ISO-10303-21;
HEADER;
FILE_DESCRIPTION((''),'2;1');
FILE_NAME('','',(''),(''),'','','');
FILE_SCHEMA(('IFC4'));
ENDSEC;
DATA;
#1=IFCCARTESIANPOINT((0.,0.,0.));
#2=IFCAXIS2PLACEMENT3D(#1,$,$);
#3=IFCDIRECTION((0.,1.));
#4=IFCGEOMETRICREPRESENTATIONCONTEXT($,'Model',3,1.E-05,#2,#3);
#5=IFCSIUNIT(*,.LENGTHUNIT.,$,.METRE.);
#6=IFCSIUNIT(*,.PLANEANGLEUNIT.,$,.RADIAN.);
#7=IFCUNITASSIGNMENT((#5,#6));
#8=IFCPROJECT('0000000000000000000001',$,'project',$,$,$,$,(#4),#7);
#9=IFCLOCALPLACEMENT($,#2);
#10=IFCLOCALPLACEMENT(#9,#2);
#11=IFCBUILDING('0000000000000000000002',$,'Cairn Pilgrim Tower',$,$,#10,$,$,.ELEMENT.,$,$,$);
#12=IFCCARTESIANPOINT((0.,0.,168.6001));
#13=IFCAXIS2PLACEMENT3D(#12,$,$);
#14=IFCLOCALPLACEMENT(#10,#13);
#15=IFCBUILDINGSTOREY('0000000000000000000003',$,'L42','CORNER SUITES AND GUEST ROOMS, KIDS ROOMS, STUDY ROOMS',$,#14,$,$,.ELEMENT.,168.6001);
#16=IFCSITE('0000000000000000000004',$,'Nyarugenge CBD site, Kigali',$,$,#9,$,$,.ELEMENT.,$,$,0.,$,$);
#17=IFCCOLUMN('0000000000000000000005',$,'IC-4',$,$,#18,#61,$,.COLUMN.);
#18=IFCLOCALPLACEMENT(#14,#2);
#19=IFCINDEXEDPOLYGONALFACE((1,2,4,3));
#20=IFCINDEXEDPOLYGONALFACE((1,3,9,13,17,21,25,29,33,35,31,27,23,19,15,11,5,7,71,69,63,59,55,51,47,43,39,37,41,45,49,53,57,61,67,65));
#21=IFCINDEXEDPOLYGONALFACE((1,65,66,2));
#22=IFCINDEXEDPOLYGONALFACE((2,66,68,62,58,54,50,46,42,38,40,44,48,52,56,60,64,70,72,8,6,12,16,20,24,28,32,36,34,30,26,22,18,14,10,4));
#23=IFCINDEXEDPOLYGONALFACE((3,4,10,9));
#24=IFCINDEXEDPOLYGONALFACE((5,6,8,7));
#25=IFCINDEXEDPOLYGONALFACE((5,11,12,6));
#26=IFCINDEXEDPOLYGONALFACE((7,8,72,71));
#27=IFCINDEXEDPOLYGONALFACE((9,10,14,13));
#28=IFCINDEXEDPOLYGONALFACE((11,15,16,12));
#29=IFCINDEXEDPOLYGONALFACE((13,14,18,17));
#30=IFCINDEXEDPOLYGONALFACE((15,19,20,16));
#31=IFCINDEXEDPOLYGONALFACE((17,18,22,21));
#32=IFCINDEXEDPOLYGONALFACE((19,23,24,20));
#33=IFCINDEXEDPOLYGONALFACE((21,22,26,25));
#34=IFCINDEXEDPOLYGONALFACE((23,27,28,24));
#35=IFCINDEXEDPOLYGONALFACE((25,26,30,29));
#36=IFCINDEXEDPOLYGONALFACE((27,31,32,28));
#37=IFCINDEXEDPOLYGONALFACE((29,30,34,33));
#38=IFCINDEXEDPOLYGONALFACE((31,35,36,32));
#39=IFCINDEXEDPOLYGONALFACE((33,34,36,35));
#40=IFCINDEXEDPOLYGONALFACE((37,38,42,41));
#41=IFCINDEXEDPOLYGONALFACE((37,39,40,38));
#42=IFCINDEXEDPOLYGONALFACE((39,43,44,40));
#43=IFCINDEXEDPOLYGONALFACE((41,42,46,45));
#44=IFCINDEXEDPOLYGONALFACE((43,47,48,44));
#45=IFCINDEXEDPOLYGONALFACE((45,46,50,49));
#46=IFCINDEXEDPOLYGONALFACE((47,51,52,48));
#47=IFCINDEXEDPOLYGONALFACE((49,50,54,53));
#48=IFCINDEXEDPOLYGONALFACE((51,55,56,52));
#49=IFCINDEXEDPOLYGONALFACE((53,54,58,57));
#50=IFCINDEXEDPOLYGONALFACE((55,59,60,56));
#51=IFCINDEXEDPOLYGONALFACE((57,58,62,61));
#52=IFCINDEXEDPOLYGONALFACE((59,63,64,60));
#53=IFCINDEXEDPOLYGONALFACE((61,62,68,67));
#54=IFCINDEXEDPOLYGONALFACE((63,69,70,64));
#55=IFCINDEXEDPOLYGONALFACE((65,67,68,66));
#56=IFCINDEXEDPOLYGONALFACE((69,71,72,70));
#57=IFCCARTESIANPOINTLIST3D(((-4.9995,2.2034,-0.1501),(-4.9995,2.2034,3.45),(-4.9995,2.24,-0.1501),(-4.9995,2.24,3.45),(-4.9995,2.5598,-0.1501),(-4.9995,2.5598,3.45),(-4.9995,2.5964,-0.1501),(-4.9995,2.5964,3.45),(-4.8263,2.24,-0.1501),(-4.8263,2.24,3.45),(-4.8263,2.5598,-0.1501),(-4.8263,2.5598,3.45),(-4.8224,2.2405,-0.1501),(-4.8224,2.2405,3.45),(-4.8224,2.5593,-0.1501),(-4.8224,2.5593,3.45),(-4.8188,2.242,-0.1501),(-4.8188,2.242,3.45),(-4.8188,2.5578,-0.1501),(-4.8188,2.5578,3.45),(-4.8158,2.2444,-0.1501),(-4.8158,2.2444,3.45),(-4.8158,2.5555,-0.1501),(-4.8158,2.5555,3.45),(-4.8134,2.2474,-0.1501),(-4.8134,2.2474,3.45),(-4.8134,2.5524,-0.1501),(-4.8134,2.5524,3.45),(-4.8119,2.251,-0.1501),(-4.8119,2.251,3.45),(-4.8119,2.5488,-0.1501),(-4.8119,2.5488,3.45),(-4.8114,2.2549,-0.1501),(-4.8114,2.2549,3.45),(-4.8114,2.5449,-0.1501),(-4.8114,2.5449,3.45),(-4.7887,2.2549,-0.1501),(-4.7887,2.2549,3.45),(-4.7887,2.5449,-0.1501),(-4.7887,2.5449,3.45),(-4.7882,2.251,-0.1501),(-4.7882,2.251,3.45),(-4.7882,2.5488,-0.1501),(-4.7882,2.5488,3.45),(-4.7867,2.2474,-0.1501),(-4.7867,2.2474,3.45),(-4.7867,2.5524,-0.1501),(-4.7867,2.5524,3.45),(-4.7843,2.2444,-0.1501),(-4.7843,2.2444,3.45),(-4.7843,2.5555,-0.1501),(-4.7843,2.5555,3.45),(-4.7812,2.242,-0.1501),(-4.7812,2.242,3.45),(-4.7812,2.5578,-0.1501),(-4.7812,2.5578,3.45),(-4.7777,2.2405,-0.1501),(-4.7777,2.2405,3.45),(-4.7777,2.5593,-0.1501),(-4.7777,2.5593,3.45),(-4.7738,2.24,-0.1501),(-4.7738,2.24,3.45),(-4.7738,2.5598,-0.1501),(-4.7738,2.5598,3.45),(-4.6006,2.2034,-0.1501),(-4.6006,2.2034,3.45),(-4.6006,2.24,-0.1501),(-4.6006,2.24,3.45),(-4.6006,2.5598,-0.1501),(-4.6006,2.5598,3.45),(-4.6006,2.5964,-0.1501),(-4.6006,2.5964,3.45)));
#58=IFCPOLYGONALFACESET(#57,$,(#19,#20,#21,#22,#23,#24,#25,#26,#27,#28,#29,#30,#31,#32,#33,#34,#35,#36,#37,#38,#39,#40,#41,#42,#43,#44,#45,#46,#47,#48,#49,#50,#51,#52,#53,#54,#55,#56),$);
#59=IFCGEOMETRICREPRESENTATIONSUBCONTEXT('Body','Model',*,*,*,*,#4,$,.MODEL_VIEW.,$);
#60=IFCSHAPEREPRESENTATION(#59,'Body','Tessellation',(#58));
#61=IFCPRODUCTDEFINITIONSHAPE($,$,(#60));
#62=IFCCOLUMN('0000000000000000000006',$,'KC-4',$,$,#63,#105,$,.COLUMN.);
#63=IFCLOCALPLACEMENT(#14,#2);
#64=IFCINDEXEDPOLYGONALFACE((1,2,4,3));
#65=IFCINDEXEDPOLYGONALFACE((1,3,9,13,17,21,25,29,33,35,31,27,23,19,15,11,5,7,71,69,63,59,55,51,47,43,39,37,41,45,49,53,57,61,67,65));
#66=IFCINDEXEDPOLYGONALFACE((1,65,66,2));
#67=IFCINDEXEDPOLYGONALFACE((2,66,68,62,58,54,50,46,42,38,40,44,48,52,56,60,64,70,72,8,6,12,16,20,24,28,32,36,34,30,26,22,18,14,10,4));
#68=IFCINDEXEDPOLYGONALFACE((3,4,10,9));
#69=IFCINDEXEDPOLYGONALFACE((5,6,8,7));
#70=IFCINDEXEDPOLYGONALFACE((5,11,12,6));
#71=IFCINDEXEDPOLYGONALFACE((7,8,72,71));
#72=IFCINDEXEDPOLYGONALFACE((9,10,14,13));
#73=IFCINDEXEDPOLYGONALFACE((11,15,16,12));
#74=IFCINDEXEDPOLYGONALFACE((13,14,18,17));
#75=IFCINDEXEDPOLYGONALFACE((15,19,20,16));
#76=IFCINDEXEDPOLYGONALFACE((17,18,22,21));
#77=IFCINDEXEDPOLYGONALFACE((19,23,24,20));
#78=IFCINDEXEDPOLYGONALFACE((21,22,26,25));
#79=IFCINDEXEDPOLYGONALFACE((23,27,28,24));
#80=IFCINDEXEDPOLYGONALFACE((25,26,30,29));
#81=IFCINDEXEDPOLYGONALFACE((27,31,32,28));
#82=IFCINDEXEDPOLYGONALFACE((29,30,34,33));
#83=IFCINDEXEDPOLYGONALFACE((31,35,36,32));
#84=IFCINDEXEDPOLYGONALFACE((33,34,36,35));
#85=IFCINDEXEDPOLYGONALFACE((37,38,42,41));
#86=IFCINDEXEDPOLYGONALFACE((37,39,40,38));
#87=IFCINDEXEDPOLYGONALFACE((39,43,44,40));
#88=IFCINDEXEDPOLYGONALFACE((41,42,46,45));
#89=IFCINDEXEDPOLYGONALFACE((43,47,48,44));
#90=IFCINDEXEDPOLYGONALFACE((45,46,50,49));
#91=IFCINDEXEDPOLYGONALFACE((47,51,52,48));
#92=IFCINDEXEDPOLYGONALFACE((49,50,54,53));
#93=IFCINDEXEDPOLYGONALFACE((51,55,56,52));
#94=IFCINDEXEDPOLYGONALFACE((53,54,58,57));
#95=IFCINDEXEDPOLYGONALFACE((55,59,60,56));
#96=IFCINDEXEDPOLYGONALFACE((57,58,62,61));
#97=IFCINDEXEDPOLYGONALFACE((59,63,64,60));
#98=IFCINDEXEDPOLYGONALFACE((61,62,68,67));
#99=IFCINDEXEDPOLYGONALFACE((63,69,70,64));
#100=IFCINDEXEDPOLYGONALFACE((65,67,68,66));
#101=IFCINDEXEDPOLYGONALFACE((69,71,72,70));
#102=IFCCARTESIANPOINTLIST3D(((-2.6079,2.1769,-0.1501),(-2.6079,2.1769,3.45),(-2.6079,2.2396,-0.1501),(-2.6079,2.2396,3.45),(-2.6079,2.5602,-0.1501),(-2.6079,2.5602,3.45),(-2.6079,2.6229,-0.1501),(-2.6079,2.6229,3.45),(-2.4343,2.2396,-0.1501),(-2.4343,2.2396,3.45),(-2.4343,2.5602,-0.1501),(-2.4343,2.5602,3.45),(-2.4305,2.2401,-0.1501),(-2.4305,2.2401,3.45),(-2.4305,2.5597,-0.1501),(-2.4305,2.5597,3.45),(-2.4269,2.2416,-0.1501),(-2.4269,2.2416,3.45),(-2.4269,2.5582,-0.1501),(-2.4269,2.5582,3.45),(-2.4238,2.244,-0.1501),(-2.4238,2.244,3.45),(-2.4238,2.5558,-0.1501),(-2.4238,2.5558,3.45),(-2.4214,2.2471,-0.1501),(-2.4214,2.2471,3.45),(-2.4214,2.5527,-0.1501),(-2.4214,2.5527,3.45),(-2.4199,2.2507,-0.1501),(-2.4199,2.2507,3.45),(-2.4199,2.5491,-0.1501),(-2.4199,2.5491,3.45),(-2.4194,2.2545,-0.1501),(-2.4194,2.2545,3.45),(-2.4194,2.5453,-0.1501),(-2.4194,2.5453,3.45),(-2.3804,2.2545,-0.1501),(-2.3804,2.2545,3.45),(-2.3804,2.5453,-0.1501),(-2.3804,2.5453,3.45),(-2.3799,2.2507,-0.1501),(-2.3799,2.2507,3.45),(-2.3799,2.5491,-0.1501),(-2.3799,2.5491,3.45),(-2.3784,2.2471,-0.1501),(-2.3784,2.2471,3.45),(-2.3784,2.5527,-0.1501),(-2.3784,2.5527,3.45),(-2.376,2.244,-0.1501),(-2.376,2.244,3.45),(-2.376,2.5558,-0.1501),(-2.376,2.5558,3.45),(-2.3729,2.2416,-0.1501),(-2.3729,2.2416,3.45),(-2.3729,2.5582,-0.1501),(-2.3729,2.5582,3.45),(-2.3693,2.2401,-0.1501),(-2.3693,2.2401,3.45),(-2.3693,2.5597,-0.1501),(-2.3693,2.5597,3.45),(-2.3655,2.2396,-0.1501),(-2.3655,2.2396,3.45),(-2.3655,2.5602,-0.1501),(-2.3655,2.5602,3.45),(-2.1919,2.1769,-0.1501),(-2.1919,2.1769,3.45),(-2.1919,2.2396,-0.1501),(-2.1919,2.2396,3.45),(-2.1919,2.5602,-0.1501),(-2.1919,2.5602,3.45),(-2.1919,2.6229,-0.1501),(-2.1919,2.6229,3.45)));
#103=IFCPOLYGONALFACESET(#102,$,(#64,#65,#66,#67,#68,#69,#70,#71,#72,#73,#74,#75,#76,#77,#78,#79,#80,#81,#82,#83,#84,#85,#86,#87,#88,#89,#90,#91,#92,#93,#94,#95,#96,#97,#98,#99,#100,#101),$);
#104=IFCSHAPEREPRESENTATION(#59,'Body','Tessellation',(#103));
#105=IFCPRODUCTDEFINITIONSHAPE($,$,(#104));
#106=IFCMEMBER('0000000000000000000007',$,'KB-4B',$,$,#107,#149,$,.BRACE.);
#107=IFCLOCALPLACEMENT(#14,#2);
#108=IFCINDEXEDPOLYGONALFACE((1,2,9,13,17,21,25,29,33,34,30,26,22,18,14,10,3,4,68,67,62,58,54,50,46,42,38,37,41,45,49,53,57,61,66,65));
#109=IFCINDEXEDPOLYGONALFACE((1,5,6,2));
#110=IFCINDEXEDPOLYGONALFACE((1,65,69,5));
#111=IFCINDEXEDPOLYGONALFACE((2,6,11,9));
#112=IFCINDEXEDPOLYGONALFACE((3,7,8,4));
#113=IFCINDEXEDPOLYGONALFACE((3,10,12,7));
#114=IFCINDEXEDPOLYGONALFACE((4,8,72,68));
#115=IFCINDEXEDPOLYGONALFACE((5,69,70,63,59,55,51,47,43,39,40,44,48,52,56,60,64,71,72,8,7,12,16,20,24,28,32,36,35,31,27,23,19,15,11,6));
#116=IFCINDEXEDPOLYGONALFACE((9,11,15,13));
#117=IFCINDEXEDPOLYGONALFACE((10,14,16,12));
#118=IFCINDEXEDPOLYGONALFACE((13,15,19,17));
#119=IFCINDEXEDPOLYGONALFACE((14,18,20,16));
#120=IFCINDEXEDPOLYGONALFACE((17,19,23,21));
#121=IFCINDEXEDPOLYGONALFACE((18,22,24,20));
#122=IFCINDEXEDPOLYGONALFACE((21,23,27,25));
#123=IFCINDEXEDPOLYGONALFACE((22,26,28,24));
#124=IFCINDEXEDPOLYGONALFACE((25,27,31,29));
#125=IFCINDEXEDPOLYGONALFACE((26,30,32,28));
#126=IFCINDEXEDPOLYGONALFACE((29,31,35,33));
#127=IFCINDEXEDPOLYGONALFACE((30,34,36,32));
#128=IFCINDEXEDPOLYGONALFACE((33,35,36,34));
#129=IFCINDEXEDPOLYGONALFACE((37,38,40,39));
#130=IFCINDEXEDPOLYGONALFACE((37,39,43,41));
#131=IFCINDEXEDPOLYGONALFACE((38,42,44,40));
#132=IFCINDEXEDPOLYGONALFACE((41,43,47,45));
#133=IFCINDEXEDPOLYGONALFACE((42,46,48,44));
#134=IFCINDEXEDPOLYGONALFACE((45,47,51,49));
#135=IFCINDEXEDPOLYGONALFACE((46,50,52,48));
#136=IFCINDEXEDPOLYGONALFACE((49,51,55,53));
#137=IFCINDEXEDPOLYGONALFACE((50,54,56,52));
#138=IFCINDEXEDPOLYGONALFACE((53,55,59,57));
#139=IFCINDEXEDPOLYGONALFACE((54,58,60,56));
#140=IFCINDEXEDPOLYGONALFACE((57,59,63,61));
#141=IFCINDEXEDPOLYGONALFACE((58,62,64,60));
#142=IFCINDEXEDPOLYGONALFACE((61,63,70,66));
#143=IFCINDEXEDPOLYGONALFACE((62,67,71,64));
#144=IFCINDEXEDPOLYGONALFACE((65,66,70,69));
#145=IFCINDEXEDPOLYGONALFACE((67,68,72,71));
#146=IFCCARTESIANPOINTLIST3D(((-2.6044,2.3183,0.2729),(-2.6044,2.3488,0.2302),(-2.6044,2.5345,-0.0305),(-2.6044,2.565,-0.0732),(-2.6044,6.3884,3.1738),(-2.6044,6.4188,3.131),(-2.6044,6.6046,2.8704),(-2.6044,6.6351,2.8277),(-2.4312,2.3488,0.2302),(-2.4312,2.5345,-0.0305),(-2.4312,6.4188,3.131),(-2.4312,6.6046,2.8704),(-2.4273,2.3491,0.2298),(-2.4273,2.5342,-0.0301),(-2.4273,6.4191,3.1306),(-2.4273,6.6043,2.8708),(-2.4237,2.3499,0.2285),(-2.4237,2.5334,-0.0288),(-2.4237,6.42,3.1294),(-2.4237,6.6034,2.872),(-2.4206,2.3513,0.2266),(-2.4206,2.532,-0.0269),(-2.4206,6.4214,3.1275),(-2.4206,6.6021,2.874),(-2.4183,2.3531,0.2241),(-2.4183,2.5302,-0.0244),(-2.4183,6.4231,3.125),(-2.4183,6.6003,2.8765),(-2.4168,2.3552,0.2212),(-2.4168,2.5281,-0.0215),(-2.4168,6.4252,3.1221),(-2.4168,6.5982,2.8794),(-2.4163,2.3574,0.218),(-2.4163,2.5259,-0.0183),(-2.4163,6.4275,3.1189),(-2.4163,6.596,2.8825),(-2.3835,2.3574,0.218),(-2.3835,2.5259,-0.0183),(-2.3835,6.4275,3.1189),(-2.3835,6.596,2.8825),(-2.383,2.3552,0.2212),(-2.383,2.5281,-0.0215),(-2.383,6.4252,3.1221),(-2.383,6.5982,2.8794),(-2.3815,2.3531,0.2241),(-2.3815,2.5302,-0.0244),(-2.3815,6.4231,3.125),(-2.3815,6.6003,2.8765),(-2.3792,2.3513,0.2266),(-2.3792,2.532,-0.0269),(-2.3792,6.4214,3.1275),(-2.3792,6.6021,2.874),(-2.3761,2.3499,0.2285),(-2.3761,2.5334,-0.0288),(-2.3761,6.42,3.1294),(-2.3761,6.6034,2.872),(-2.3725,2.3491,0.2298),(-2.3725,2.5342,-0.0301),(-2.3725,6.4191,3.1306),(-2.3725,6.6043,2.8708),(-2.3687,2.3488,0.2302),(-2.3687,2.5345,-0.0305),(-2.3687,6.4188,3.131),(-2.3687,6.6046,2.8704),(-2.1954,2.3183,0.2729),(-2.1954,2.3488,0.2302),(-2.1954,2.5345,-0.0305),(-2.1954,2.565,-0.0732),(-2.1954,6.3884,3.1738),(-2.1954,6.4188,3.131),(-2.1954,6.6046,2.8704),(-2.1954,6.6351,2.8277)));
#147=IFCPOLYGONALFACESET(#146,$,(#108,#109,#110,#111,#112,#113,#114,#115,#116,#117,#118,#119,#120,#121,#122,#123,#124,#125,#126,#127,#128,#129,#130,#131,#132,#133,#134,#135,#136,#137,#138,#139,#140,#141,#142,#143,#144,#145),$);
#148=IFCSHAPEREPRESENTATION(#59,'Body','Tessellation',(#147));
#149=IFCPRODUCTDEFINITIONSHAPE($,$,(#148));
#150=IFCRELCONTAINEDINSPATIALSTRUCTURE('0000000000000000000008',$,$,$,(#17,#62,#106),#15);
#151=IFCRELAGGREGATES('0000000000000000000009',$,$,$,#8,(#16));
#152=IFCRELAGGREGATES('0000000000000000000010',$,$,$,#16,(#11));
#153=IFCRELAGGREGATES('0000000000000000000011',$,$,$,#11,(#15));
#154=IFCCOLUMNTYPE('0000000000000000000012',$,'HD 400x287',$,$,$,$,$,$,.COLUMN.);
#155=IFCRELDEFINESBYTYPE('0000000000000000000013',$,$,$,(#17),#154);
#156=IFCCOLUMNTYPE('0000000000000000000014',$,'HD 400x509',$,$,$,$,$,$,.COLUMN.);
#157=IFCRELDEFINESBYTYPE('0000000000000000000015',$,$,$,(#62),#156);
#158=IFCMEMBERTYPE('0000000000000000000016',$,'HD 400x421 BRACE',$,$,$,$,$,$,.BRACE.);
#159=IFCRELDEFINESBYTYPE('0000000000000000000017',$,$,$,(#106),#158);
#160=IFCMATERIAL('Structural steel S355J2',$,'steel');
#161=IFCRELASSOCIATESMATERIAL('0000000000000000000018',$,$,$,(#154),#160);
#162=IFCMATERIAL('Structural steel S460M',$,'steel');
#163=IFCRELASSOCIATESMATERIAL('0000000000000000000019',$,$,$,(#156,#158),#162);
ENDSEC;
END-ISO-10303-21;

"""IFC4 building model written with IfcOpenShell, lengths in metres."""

from ifc_helpers import new_model, si_unit, direction, frame, origin, origin_2d, place, context, subcontext, project, spatial, i_section, extrude, material, material_profile, profile_set, type_object, element, save


model = new_model("IFC4")

# Units and contexts
model_context = context("Model", 3, precision=1e-05, world=origin(), true_north=direction((0.0, 1.0)))
body_context = subcontext(model_context, "Body", "Model", "MODEL_VIEW")
ifc_project = project(units=[si_unit("LENGTHUNIT", "METRE"), si_unit("PLANEANGLEUNIT", "RADIAN")], contexts=[model_context])

# Site, building, storey
site_placement = place(None, origin())
site = spatial("IfcSite", under=ifc_project, at=site_placement, Name="Nyarugenge CBD site, Kigali", CompositionType="ELEMENT", RefElevation=0.0)
building_placement = place(site_placement, origin())
building = spatial("IfcBuilding", under=site, at=building_placement, Name="Cairn Pilgrim Tower", CompositionType="ELEMENT")
storey_placement = place(building_placement, frame((0.0, 0.0, 168.6001)))
storey = spatial("IfcBuildingStorey", under=building, at=storey_placement, Name="L42", Description="CORNER SUITES AND GUEST ROOMS, KIDS ROOMS, STUDY ROOMS", CompositionType="ELEMENT", Elevation=168.6001)

# Columns
ifc_material_1 = material(Name="Structural steel S355J2", Category="steel")
ifc_material_profile_1 = material_profile(ifc_material_1, i_section(OverallWidth=0.3989, OverallDepth=0.3931, WebThickness=0.0227, FlangeThickness=0.0366, FilletRadius=0.0149, at=origin_2d()), Name="HD 400x287")
ifc_profile_set_1 = profile_set([ifc_material_profile_1], Name="Structural steel S355J2")
column_type_1 = type_object("IfcColumnType", Name="HD 400x287", PredefinedType="COLUMN", material=ifc_profile_set_1)
column_1_placement = place(storey_placement, frame((-4.8, 2.3999, -0.1501), z_axis=(0.0, 0.0, 1.0), x_axis=(1.0, 0.0, 0.0)))
element("IfcColumn", 1, at=column_1_placement, inside=storey, type_object=column_type_1, Name="IC-4", PredefinedType="COLUMN", context=body_context, shape_type="SweptSolid", body=[
    extrude(i_section(OverallWidth=0.3989, OverallDepth=0.3931, WebThickness=0.0227, FlangeThickness=0.0366, FilletRadius=0.0149, at=origin_2d()), origin(), (0.0, 0.0, 1.0), 3.6001),
])
ifc_material_2 = material(Name="Structural steel S460M", Category="steel")
ifc_material_profile_2 = material_profile(ifc_material_2, i_section(OverallWidth=0.416, OverallDepth=0.446, WebThickness=0.0391, FlangeThickness=0.0627, FilletRadius=0.0149, at=origin_2d()), Name="HD 400x509")
ifc_profile_set_2 = profile_set([ifc_material_profile_2], Name="Structural steel S460M")
column_type_2 = type_object("IfcColumnType", Name="HD 400x509", PredefinedType="COLUMN", material=ifc_profile_set_2)
column_2_placement = place(storey_placement, frame((-2.3999, 2.3999, -0.1501), z_axis=(0.0, 0.0, 1.0), x_axis=(1.0, 0.0, 0.0)))
element("IfcColumn", 2, at=column_2_placement, inside=storey, type_object=column_type_2, Name="KC-4", PredefinedType="COLUMN", context=body_context, shape_type="SweptSolid", body=[
    extrude(i_section(OverallWidth=0.416, OverallDepth=0.446, WebThickness=0.0391, FlangeThickness=0.0627, FilletRadius=0.0149, at=origin_2d()), origin(), (0.0, 0.0, 1.0), 3.6001),
])

# Member
ifc_material_profile_3 = material_profile(ifc_material_2, i_section(OverallWidth=0.4089, OverallDepth=0.425, WebThickness=0.0327, FlangeThickness=0.0525, FilletRadius=0.0149, at=origin_2d()), Name="HD 400x421")
ifc_profile_set_3 = profile_set([ifc_material_profile_3], Name="Structural steel S460M")
member_type = type_object("IfcMemberType", Name="HD 400x421 BRACE", PredefinedType="BRACE", material=ifc_profile_set_3)
member_placement = place(storey_placement, frame((-2.3999, 2.4417, 0.0999), z_axis=(0.0, 0.81433, 0.580402), x_axis=(-1.0, 0.0, 0.0)))
element("IfcMember", 3, at=member_placement, inside=storey, type_object=member_type, Name="KB-4B", PredefinedType="BRACE", context=body_context, shape_type="SweptSolid", body=[
    extrude(i_section(OverallWidth=0.4089, OverallDepth=0.425, WebThickness=0.0327, FlangeThickness=0.0525, FilletRadius=0.0149, at=origin_2d()), origin(), (0.0, 0.0, 1.0), 4.998),
])

save(model, "model.ifc")
